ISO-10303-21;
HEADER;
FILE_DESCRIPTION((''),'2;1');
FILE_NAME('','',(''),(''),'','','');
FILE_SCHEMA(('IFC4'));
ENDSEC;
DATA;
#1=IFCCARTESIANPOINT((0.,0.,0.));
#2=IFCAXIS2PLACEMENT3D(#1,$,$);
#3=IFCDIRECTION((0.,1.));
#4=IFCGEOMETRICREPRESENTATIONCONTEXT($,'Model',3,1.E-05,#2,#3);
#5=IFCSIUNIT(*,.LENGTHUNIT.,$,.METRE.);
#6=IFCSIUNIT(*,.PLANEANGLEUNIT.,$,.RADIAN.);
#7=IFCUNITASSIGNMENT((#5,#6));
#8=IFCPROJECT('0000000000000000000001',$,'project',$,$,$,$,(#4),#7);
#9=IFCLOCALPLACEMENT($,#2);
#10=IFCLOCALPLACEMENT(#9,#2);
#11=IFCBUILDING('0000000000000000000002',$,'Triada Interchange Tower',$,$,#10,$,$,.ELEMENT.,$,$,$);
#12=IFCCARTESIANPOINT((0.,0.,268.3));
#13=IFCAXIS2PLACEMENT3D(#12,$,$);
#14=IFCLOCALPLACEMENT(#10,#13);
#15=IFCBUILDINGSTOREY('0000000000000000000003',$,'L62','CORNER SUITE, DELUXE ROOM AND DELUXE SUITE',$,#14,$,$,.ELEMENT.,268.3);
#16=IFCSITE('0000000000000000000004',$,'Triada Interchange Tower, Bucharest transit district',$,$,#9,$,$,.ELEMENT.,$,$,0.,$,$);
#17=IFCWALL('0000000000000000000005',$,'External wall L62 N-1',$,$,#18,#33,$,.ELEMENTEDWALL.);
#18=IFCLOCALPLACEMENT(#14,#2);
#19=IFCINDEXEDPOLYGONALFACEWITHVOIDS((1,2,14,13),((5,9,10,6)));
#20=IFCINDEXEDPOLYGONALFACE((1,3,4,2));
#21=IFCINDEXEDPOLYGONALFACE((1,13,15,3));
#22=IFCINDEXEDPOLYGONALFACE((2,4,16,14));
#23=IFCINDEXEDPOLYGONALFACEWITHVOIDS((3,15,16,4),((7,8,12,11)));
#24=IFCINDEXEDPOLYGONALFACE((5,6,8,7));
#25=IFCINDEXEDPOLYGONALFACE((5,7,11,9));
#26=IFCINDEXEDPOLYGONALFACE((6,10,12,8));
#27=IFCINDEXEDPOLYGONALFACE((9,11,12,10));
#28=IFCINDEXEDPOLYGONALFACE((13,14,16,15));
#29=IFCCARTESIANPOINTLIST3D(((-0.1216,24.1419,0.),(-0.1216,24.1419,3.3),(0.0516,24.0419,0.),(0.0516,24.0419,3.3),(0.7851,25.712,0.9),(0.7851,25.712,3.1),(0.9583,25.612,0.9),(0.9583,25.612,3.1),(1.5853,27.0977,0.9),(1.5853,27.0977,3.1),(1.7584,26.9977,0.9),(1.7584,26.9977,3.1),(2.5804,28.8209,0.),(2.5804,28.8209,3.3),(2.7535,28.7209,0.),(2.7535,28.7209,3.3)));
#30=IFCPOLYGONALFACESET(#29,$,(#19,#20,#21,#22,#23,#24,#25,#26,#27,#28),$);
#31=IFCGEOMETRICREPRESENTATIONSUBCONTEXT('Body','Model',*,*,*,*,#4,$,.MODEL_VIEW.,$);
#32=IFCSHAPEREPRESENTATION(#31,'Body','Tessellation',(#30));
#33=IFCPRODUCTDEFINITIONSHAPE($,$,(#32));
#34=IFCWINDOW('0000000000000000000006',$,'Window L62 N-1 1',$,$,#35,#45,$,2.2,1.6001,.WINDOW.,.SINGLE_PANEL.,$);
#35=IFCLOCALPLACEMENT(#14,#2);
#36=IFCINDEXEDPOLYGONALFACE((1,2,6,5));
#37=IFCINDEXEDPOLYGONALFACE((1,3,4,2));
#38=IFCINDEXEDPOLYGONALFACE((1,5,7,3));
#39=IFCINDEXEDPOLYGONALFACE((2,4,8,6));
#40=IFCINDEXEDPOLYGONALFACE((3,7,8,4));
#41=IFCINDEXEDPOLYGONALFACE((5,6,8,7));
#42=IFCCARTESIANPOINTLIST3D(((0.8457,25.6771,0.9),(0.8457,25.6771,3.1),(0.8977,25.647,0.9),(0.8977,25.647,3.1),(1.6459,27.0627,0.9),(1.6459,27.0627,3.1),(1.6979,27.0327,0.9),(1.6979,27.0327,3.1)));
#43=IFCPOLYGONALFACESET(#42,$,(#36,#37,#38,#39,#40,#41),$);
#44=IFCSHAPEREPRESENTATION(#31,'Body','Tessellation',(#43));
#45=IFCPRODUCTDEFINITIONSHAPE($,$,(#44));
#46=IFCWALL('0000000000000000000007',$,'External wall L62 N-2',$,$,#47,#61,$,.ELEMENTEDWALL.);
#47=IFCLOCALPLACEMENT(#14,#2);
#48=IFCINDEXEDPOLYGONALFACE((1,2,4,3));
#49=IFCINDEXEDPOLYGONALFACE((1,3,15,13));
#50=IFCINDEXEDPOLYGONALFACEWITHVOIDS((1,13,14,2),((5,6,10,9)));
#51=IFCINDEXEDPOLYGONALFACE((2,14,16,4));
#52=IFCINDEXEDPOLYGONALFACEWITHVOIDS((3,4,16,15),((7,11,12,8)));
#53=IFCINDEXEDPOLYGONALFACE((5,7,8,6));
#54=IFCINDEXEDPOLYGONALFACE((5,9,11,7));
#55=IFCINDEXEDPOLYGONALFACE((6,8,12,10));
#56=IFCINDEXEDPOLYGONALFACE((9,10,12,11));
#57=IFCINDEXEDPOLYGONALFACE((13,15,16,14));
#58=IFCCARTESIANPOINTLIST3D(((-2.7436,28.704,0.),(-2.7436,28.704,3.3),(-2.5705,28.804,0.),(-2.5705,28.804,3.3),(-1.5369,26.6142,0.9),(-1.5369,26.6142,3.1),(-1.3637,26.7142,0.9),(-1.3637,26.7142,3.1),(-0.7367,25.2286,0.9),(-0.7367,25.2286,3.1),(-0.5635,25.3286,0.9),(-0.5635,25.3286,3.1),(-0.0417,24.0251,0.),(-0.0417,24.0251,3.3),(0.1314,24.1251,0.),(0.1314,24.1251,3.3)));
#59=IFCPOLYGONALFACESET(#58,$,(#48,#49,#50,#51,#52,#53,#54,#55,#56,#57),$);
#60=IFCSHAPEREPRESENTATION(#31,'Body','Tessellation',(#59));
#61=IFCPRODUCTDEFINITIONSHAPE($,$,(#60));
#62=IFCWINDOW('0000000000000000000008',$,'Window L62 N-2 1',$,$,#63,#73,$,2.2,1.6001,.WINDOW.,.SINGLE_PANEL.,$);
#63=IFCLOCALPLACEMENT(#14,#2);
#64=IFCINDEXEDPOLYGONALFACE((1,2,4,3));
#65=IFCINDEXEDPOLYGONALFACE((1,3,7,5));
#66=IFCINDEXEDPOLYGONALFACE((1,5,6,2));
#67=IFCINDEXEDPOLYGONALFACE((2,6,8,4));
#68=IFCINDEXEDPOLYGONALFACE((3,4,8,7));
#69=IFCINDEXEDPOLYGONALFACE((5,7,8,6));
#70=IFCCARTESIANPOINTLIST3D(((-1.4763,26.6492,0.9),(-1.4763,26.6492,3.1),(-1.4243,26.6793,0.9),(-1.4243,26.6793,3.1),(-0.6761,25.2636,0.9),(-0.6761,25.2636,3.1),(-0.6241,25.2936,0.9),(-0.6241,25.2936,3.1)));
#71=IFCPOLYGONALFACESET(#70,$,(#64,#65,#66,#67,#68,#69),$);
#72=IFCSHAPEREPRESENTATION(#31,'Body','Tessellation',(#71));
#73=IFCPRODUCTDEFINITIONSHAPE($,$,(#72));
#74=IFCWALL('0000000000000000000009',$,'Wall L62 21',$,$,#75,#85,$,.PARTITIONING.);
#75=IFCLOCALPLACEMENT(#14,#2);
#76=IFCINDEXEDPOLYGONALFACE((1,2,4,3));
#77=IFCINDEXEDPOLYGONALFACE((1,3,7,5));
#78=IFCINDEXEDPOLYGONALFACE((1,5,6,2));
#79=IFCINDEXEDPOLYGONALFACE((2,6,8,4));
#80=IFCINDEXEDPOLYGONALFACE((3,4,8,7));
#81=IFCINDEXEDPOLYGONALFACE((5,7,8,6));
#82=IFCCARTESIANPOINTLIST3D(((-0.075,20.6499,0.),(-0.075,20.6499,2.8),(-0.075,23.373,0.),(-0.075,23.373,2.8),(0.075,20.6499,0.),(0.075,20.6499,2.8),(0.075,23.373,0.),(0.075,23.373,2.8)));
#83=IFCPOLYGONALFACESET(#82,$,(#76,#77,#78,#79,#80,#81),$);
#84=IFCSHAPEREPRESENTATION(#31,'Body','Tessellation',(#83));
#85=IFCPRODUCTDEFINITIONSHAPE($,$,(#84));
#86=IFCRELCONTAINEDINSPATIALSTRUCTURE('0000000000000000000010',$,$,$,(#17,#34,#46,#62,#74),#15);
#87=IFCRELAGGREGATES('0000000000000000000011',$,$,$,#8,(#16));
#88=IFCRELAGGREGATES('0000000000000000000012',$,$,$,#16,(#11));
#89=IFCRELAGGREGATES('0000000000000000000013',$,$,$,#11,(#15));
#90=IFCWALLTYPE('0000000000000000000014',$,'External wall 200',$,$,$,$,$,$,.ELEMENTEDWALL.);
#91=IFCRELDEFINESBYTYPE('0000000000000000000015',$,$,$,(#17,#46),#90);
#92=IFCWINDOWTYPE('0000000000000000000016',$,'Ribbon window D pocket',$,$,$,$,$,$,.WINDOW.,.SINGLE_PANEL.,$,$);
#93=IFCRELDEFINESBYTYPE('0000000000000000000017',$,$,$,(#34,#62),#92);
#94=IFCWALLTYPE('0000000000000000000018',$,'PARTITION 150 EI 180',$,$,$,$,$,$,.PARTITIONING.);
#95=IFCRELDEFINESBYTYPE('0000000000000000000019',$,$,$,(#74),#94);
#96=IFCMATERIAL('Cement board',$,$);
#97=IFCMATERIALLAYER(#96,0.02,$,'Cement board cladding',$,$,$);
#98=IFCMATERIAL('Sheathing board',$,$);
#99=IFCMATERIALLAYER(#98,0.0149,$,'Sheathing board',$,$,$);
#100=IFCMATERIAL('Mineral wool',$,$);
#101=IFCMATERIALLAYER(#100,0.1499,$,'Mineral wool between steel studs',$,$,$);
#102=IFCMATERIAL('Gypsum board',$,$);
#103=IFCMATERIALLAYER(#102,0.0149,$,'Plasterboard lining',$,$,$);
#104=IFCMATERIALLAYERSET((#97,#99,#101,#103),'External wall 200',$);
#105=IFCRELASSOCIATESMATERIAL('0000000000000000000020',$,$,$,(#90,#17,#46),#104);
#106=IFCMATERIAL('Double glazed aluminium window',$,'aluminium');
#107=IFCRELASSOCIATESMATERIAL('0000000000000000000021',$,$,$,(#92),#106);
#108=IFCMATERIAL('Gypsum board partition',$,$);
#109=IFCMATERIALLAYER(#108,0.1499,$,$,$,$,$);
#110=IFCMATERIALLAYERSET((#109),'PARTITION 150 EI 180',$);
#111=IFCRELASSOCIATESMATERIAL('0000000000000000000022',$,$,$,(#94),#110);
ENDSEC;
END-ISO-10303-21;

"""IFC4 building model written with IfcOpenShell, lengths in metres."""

from ifc_helpers import new_model, si_unit, direction, frame, frame_2d, origin, place, context, subcontext, project, spatial, rectangle, extrude, material, layer, layer_set, layer_usage, type_object, element, fill, save


model = new_model("IFC4")

# Units and contexts
model_context = context("Model", 3, precision=1e-05, world=origin(), true_north=direction((0.0, 1.0)))
body_context = subcontext(model_context, "Body", "Model", "MODEL_VIEW")
ifc_project = project(units=[si_unit("LENGTHUNIT", "METRE"), si_unit("PLANEANGLEUNIT", "RADIAN")], contexts=[model_context])

# Site, building, storey
site_placement = place(None, origin())
site = spatial("IfcSite", under=ifc_project, at=site_placement, Name="Triada Interchange Tower, Bucharest transit district", CompositionType="ELEMENT", RefElevation=0.0)
building_placement = place(site_placement, origin())
building = spatial("IfcBuilding", under=site, at=building_placement, Name="Triada Interchange Tower", CompositionType="ELEMENT")
storey_placement = place(building_placement, frame((0.0, 0.0, 268.3)))
storey = spatial("IfcBuildingStorey", under=building, at=storey_placement, Name="L62", Description="CORNER SUITE, DELUXE ROOM AND DELUXE SUITE", CompositionType="ELEMENT", Elevation=268.3)

# Walls, openings, windows
ifc_material_1 = material(Name="Cement board")
ifc_layer_1 = layer(ifc_material_1, 0.02, Name="Cement board cladding")
ifc_material_2 = material(Name="Sheathing board")
ifc_layer_2 = layer(ifc_material_2, 0.0149, Name="Sheathing board")
ifc_material_3 = material(Name="Mineral wool")
ifc_layer_3 = layer(ifc_material_3, 0.1499, Name="Mineral wool between steel studs")
ifc_material_4 = material(Name="Gypsum board")
ifc_layer_4 = layer(ifc_material_4, 0.0149, Name="Plasterboard lining")
ifc_layer_set_1 = layer_set([ifc_layer_1, ifc_layer_2, ifc_layer_3, ifc_layer_4], Name="External wall 200")
ifc_layer_usage = layer_usage(ifc_layer_set_1, "AXIS2", "POSITIVE", -0.1001)
wall_type_1 = type_object("IfcWallType", Name="External wall 200", PredefinedType="ELEMENTEDWALL", material=ifc_layer_set_1)
wall_1_placement = place(storey_placement, frame((2.667, 28.771, 0.0), z_axis=(0.0, 0.0, 1.0), x_axis=(-0.500071, -0.865985, 0.0)))
wall_1 = element("IfcWall", 1, at=wall_1_placement, inside=storey, type_object=wall_type_1, material=ifc_layer_usage, Name="External wall L62 N-1", PredefinedType="ELEMENTEDWALL", context=body_context, shape_type="SweptSolid", body=[
    extrude(rectangle(XDim=5.4031, YDim=0.2, at=frame_2d((2.7017, 0.0))), origin(), (0.0, 0.0, 1.0), 3.3),
])
opening_1_placement = place(wall_1_placement, frame((1.99, 0.0, 0.8999)))
opening_1 = element("IfcOpeningElement", 2, at=opening_1_placement, cuts=wall_1, PredefinedType="OPENING", context=body_context, shape_type="SweptSolid", body=[
    extrude(rectangle(XDim=1.6001, YDim=2.2, at=frame_2d((0.8, 1.1001))), frame((0.0, 0.1099, 0.0), z_axis=(0.0, -1.0, 0.0), x_axis=(1.0, 0.0, 0.0)), (0.0, 0.0, 1.0), 0.22),
])
ifc_material_5 = material(Name="Double glazed aluminium window", Category="aluminium")
window_type = type_object("IfcWindowType", Name="Ribbon window D pocket", PartitioningType="SINGLE_PANEL", PredefinedType="WINDOW", material=ifc_material_5)
window_1_placement = place(opening_1_placement, origin())
window_1 = element("IfcWindow", 3, at=window_1_placement, inside=storey, type_object=window_type, Name="Window L62 N-1 1", OverallHeight=2.2, OverallWidth=1.6001, PartitioningType="SINGLE_PANEL", PredefinedType="WINDOW", context=body_context, shape_type="SweptSolid", body=[
    extrude(rectangle(XDim=1.6001, YDim=2.2, at=frame_2d((0.8, 1.1001))), frame((0.0, 0.03, 0.0), z_axis=(0.0, -1.0, 0.0), x_axis=(1.0, 0.0, 0.0)), (0.0, 0.0, 1.0), 0.0601),
])
fill(opening_1, window_1)
wall_2_placement = place(storey_placement, frame((0.0449, 24.075, 0.0), z_axis=(0.0, 0.0, 1.0), x_axis=(-0.500071, 0.865985, 0.0)))
wall_2 = element("IfcWall", 4, at=wall_2_placement, inside=storey, type_object=wall_type_1, material=ifc_layer_usage, Name="External wall L62 N-2", PredefinedType="ELEMENTEDWALL", context=body_context, shape_type="SweptSolid", body=[
    extrude(rectangle(XDim=5.4031, YDim=0.2, at=frame_2d((2.7017, 0.0))), origin(), (0.0, 0.0, 1.0), 3.3),
])
opening_2_placement = place(wall_2_placement, frame((1.3899, 0.0, 0.8999)))
opening_2 = element("IfcOpeningElement", 5, at=opening_2_placement, cuts=wall_2, PredefinedType="OPENING", context=body_context, shape_type="SweptSolid", body=[
    extrude(rectangle(XDim=1.6001, YDim=2.2, at=frame_2d((0.8, 1.1001))), frame((0.0, 0.1099, 0.0), z_axis=(0.0, -1.0, 0.0), x_axis=(1.0, 0.0, 0.0)), (0.0, 0.0, 1.0), 0.22),
])
window_2_placement = place(opening_2_placement, origin())
window_2 = element("IfcWindow", 6, at=window_2_placement, inside=storey, type_object=window_type, Name="Window L62 N-2 1", OverallHeight=2.2, OverallWidth=1.6001, PartitioningType="SINGLE_PANEL", PredefinedType="WINDOW", context=body_context, shape_type="SweptSolid", body=[
    extrude(rectangle(XDim=1.6001, YDim=2.2, at=frame_2d((0.8, 1.1001))), frame((0.0, 0.03, 0.0), z_axis=(0.0, -1.0, 0.0), x_axis=(1.0, 0.0, 0.0)), (0.0, 0.0, 1.0), 0.0601),
])
fill(opening_2, window_2)

# Wall
ifc_material_6 = material(Name="Gypsum board partition")
ifc_layer_5 = layer(ifc_material_6, 0.1499)
ifc_layer_set_2 = layer_set([ifc_layer_5], Name="PARTITION 150 EI 180")
wall_type_2 = type_object("IfcWallType", Name="PARTITION 150 EI 180", PredefinedType="PARTITIONING", material=ifc_layer_set_2)
wall_3_placement = place(storey_placement, frame((0.0, 20.6499, 0.0), z_axis=(0.0, 0.0, 1.0), x_axis=(0.0, 1.0, 0.0)))
element("IfcWall", 7, at=wall_3_placement, inside=storey, type_object=wall_type_2, Name="Wall L62 21", PredefinedType="PARTITIONING", context=body_context, shape_type="SweptSolid", body=[
    extrude(rectangle(XDim=2.7231, YDim=0.1499, at=frame_2d((1.3616, 0.0))), origin(), (0.0, 0.0, 1.0), 2.8),
])

save(model, "model.ifc")
